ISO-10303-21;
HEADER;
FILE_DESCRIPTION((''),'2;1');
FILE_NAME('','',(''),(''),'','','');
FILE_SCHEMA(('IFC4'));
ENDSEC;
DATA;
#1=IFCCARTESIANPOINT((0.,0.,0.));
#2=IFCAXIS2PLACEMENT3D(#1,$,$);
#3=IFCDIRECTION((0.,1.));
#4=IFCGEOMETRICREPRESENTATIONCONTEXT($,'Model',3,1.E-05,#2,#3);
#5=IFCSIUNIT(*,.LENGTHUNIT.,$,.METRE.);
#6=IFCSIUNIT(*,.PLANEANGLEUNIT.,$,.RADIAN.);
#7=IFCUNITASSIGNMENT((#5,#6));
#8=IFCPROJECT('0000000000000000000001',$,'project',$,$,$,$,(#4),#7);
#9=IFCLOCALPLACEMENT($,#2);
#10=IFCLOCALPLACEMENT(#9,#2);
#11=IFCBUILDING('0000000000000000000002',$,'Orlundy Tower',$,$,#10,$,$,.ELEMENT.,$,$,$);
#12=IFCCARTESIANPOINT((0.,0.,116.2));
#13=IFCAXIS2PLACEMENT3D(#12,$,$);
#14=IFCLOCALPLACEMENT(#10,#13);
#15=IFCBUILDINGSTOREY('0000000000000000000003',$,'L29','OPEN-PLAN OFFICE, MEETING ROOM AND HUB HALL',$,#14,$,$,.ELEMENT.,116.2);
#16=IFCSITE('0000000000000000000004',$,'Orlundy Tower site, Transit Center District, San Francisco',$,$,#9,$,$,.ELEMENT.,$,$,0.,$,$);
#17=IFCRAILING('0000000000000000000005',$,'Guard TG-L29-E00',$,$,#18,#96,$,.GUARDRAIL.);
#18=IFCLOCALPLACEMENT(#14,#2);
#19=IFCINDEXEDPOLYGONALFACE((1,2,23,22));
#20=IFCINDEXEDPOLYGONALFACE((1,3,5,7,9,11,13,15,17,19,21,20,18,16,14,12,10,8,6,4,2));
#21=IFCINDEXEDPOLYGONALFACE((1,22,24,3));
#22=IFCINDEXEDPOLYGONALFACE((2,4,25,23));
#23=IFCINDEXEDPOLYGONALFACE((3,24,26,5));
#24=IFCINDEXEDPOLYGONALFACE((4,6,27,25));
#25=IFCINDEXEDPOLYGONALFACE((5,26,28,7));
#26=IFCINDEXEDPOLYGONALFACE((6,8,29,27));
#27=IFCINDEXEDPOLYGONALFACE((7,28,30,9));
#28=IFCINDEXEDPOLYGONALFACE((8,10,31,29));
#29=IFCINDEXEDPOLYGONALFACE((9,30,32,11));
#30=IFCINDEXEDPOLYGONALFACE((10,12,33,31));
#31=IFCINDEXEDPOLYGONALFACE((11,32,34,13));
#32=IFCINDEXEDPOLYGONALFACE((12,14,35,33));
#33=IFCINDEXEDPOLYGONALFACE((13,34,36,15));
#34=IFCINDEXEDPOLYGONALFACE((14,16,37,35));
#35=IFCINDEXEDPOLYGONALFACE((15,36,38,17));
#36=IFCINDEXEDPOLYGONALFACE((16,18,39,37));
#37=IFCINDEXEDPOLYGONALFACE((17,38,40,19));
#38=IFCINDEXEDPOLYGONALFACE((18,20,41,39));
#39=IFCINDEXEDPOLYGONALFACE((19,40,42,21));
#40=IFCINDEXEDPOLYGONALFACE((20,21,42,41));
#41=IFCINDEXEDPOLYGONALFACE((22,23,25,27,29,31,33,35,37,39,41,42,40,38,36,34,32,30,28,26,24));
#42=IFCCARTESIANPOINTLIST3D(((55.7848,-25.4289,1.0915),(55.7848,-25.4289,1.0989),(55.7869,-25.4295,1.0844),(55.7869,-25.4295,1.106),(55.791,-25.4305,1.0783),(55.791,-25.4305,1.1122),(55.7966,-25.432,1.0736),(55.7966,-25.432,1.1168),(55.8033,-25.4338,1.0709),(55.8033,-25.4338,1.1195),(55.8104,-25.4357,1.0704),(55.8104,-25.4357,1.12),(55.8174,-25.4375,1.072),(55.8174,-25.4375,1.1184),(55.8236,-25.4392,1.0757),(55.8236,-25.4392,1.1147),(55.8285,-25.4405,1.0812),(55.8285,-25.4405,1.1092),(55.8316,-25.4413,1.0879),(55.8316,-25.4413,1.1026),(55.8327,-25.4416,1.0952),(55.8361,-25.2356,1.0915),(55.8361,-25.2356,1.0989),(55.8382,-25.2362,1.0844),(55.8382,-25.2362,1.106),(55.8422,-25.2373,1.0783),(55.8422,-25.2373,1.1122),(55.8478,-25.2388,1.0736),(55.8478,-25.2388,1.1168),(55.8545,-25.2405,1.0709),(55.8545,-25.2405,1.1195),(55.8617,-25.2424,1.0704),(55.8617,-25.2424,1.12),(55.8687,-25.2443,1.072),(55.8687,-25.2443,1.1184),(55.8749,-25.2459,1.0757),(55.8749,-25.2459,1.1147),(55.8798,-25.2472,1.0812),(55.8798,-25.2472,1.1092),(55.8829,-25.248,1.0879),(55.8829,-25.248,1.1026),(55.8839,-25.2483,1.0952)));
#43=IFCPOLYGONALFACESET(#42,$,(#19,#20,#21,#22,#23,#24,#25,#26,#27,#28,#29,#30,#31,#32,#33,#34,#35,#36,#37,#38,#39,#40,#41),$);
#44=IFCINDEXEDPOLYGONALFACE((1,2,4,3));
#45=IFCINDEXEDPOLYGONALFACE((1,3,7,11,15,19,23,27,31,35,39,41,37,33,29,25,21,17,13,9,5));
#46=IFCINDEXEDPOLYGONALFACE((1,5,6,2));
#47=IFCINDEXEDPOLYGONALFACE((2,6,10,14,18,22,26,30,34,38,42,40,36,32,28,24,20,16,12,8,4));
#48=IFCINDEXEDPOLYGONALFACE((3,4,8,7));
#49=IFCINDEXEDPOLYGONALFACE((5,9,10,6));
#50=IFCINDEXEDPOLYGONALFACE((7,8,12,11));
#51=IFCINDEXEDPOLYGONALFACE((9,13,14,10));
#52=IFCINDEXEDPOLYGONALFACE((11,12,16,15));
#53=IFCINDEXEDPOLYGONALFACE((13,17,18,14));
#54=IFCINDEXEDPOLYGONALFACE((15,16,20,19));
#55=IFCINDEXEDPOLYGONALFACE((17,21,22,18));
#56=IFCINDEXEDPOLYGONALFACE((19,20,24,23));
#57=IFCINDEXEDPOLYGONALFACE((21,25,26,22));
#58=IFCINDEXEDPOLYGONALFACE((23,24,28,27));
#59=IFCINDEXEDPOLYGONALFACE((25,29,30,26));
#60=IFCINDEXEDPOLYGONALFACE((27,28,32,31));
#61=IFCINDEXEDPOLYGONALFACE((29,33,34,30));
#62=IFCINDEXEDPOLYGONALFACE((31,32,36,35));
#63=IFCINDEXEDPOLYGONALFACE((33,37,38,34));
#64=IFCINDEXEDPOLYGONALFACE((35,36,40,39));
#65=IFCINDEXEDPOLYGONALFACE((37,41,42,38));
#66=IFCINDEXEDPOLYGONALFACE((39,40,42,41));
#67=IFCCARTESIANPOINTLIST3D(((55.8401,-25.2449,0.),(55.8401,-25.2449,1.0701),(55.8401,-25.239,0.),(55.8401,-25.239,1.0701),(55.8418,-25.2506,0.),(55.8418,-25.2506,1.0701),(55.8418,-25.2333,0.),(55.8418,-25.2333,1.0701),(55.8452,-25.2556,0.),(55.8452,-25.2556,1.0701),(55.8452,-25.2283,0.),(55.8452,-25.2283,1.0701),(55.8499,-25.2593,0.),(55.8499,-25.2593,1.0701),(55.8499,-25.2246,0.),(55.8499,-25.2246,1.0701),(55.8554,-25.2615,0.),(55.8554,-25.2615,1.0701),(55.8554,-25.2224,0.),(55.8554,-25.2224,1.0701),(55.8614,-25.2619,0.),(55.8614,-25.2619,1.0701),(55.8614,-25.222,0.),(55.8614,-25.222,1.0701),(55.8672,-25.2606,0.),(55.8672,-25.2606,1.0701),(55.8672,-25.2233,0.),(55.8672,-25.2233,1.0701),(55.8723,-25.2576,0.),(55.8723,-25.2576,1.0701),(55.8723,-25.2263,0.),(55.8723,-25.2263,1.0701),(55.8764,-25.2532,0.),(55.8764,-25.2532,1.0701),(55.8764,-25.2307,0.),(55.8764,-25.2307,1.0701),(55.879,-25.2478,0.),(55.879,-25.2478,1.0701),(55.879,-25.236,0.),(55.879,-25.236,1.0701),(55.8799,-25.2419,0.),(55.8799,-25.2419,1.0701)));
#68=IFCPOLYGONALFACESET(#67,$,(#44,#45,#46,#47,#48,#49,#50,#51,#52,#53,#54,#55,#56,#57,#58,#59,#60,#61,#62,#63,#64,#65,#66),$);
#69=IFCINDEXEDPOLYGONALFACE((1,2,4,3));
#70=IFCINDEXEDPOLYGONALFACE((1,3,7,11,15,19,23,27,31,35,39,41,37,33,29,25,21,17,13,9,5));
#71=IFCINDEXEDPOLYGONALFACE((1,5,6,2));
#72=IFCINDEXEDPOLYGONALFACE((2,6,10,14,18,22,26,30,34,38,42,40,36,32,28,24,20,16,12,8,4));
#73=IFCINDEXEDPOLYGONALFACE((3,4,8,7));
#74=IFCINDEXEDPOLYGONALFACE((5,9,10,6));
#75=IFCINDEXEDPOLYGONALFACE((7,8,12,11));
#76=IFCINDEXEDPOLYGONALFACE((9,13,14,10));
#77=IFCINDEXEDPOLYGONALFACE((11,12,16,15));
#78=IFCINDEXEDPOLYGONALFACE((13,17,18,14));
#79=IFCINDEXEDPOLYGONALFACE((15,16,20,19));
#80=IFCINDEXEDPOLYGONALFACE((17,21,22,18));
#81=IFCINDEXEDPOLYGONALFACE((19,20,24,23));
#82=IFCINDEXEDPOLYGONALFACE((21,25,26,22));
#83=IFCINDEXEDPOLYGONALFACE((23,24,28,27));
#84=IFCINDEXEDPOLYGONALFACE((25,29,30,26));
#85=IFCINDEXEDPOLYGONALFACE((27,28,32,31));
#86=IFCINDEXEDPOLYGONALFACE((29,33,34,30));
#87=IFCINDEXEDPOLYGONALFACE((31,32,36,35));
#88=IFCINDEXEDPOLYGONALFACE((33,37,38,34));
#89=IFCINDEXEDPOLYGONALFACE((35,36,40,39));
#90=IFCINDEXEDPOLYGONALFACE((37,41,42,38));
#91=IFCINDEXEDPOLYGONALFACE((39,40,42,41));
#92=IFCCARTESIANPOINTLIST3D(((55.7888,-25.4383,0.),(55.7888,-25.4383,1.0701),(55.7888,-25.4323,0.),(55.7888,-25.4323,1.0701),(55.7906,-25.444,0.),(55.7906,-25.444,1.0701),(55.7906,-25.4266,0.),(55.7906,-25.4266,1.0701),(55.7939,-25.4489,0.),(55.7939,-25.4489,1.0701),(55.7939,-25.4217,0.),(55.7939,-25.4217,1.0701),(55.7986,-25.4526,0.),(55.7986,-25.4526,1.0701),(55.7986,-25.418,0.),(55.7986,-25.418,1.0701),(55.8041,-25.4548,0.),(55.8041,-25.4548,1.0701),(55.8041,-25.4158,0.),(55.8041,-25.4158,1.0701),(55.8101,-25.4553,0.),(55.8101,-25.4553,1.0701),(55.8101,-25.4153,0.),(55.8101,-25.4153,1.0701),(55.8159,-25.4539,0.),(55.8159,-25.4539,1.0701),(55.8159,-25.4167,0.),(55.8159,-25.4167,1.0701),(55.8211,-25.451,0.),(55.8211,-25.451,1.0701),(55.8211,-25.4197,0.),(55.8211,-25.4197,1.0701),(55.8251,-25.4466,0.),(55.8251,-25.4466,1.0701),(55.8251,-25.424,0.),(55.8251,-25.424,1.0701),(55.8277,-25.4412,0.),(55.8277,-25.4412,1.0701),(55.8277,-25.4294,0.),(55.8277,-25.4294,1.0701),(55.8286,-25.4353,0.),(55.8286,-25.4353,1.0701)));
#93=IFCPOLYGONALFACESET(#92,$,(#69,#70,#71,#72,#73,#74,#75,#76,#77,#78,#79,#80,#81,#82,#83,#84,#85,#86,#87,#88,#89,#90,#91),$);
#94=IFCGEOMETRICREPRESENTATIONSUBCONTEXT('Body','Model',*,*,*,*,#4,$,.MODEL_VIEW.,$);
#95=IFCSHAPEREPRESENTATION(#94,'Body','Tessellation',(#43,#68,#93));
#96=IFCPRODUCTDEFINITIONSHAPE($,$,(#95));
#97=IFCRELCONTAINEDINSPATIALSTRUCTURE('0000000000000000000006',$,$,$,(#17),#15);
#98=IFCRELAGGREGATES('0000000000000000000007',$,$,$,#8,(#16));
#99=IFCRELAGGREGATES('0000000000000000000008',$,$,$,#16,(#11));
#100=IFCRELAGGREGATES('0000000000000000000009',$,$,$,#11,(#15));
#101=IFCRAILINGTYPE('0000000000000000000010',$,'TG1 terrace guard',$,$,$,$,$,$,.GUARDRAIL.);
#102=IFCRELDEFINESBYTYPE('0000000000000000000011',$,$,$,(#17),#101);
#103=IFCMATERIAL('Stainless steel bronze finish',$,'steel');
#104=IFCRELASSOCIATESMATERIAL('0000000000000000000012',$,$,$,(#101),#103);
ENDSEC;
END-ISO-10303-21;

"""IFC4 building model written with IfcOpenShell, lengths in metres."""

from ifc_helpers import new_model, si_unit, direction, frame, origin, origin_2d, place, context, subcontext, project, spatial, circle, extrude, material, type_object, element, save


model = new_model("IFC4")

# Units and contexts
model_context = context("Model", 3, precision=1e-05, world=origin(), true_north=direction((0.0, 1.0)))
body_context = subcontext(model_context, "Body", "Model", "MODEL_VIEW")
ifc_project = project(units=[si_unit("LENGTHUNIT", "METRE"), si_unit("PLANEANGLEUNIT", "RADIAN")], contexts=[model_context])

# Site, building, storey
site_placement = place(None, origin())
site = spatial("IfcSite", under=ifc_project, at=site_placement, Name="Orlundy Tower site, Transit Center District, San Francisco", CompositionType="ELEMENT", RefElevation=0.0)
building_placement = place(site_placement, origin())
building = spatial("IfcBuilding", under=site, at=building_placement, Name="Orlundy Tower", CompositionType="ELEMENT")
storey_placement = place(building_placement, frame((0.0, 0.0, 116.2)))
storey = spatial("IfcBuildingStorey", under=building, at=storey_placement, Name="L29", Description="OPEN-PLAN OFFICE, MEETING ROOM AND HUB HALL", CompositionType="ELEMENT", Elevation=116.2)

# Railing
ifc_material_1 = material(Name="Stainless steel bronze finish", Category="steel")
railing_type = type_object("IfcRailingType", Name="TG1 terrace guard", PredefinedType="GUARDRAIL", material=ifc_material_1)
railing_placement = place(storey_placement, frame((55.8599, -25.2419, 0.0)))
element("IfcRailing", 1, at=railing_placement, inside=storey, type_object=railing_type, Name="Guard TG-L29-E00", PredefinedType="GUARDRAIL", context=body_context, shape_type="SweptSolid", body=[
    extrude(circle(Radius=0.0249, at=origin_2d()), frame((0.0, 0.0, 1.0952), z_axis=(-0.256295, -0.966599, 0.0), x_axis=(0.966599, -0.256295, 0.0)), (0.0, 0.0, 1.0), 0.2),
    extrude(circle(Radius=0.02, at=origin_2d()), origin(), (0.0, 0.0, 1.0), 1.0701),
    extrude(circle(Radius=0.02, at=origin_2d()), frame((-0.0513, -0.1934, 0.0)), (0.0, 0.0, 1.0), 1.0701),
])

save(model, "model.ifc")
